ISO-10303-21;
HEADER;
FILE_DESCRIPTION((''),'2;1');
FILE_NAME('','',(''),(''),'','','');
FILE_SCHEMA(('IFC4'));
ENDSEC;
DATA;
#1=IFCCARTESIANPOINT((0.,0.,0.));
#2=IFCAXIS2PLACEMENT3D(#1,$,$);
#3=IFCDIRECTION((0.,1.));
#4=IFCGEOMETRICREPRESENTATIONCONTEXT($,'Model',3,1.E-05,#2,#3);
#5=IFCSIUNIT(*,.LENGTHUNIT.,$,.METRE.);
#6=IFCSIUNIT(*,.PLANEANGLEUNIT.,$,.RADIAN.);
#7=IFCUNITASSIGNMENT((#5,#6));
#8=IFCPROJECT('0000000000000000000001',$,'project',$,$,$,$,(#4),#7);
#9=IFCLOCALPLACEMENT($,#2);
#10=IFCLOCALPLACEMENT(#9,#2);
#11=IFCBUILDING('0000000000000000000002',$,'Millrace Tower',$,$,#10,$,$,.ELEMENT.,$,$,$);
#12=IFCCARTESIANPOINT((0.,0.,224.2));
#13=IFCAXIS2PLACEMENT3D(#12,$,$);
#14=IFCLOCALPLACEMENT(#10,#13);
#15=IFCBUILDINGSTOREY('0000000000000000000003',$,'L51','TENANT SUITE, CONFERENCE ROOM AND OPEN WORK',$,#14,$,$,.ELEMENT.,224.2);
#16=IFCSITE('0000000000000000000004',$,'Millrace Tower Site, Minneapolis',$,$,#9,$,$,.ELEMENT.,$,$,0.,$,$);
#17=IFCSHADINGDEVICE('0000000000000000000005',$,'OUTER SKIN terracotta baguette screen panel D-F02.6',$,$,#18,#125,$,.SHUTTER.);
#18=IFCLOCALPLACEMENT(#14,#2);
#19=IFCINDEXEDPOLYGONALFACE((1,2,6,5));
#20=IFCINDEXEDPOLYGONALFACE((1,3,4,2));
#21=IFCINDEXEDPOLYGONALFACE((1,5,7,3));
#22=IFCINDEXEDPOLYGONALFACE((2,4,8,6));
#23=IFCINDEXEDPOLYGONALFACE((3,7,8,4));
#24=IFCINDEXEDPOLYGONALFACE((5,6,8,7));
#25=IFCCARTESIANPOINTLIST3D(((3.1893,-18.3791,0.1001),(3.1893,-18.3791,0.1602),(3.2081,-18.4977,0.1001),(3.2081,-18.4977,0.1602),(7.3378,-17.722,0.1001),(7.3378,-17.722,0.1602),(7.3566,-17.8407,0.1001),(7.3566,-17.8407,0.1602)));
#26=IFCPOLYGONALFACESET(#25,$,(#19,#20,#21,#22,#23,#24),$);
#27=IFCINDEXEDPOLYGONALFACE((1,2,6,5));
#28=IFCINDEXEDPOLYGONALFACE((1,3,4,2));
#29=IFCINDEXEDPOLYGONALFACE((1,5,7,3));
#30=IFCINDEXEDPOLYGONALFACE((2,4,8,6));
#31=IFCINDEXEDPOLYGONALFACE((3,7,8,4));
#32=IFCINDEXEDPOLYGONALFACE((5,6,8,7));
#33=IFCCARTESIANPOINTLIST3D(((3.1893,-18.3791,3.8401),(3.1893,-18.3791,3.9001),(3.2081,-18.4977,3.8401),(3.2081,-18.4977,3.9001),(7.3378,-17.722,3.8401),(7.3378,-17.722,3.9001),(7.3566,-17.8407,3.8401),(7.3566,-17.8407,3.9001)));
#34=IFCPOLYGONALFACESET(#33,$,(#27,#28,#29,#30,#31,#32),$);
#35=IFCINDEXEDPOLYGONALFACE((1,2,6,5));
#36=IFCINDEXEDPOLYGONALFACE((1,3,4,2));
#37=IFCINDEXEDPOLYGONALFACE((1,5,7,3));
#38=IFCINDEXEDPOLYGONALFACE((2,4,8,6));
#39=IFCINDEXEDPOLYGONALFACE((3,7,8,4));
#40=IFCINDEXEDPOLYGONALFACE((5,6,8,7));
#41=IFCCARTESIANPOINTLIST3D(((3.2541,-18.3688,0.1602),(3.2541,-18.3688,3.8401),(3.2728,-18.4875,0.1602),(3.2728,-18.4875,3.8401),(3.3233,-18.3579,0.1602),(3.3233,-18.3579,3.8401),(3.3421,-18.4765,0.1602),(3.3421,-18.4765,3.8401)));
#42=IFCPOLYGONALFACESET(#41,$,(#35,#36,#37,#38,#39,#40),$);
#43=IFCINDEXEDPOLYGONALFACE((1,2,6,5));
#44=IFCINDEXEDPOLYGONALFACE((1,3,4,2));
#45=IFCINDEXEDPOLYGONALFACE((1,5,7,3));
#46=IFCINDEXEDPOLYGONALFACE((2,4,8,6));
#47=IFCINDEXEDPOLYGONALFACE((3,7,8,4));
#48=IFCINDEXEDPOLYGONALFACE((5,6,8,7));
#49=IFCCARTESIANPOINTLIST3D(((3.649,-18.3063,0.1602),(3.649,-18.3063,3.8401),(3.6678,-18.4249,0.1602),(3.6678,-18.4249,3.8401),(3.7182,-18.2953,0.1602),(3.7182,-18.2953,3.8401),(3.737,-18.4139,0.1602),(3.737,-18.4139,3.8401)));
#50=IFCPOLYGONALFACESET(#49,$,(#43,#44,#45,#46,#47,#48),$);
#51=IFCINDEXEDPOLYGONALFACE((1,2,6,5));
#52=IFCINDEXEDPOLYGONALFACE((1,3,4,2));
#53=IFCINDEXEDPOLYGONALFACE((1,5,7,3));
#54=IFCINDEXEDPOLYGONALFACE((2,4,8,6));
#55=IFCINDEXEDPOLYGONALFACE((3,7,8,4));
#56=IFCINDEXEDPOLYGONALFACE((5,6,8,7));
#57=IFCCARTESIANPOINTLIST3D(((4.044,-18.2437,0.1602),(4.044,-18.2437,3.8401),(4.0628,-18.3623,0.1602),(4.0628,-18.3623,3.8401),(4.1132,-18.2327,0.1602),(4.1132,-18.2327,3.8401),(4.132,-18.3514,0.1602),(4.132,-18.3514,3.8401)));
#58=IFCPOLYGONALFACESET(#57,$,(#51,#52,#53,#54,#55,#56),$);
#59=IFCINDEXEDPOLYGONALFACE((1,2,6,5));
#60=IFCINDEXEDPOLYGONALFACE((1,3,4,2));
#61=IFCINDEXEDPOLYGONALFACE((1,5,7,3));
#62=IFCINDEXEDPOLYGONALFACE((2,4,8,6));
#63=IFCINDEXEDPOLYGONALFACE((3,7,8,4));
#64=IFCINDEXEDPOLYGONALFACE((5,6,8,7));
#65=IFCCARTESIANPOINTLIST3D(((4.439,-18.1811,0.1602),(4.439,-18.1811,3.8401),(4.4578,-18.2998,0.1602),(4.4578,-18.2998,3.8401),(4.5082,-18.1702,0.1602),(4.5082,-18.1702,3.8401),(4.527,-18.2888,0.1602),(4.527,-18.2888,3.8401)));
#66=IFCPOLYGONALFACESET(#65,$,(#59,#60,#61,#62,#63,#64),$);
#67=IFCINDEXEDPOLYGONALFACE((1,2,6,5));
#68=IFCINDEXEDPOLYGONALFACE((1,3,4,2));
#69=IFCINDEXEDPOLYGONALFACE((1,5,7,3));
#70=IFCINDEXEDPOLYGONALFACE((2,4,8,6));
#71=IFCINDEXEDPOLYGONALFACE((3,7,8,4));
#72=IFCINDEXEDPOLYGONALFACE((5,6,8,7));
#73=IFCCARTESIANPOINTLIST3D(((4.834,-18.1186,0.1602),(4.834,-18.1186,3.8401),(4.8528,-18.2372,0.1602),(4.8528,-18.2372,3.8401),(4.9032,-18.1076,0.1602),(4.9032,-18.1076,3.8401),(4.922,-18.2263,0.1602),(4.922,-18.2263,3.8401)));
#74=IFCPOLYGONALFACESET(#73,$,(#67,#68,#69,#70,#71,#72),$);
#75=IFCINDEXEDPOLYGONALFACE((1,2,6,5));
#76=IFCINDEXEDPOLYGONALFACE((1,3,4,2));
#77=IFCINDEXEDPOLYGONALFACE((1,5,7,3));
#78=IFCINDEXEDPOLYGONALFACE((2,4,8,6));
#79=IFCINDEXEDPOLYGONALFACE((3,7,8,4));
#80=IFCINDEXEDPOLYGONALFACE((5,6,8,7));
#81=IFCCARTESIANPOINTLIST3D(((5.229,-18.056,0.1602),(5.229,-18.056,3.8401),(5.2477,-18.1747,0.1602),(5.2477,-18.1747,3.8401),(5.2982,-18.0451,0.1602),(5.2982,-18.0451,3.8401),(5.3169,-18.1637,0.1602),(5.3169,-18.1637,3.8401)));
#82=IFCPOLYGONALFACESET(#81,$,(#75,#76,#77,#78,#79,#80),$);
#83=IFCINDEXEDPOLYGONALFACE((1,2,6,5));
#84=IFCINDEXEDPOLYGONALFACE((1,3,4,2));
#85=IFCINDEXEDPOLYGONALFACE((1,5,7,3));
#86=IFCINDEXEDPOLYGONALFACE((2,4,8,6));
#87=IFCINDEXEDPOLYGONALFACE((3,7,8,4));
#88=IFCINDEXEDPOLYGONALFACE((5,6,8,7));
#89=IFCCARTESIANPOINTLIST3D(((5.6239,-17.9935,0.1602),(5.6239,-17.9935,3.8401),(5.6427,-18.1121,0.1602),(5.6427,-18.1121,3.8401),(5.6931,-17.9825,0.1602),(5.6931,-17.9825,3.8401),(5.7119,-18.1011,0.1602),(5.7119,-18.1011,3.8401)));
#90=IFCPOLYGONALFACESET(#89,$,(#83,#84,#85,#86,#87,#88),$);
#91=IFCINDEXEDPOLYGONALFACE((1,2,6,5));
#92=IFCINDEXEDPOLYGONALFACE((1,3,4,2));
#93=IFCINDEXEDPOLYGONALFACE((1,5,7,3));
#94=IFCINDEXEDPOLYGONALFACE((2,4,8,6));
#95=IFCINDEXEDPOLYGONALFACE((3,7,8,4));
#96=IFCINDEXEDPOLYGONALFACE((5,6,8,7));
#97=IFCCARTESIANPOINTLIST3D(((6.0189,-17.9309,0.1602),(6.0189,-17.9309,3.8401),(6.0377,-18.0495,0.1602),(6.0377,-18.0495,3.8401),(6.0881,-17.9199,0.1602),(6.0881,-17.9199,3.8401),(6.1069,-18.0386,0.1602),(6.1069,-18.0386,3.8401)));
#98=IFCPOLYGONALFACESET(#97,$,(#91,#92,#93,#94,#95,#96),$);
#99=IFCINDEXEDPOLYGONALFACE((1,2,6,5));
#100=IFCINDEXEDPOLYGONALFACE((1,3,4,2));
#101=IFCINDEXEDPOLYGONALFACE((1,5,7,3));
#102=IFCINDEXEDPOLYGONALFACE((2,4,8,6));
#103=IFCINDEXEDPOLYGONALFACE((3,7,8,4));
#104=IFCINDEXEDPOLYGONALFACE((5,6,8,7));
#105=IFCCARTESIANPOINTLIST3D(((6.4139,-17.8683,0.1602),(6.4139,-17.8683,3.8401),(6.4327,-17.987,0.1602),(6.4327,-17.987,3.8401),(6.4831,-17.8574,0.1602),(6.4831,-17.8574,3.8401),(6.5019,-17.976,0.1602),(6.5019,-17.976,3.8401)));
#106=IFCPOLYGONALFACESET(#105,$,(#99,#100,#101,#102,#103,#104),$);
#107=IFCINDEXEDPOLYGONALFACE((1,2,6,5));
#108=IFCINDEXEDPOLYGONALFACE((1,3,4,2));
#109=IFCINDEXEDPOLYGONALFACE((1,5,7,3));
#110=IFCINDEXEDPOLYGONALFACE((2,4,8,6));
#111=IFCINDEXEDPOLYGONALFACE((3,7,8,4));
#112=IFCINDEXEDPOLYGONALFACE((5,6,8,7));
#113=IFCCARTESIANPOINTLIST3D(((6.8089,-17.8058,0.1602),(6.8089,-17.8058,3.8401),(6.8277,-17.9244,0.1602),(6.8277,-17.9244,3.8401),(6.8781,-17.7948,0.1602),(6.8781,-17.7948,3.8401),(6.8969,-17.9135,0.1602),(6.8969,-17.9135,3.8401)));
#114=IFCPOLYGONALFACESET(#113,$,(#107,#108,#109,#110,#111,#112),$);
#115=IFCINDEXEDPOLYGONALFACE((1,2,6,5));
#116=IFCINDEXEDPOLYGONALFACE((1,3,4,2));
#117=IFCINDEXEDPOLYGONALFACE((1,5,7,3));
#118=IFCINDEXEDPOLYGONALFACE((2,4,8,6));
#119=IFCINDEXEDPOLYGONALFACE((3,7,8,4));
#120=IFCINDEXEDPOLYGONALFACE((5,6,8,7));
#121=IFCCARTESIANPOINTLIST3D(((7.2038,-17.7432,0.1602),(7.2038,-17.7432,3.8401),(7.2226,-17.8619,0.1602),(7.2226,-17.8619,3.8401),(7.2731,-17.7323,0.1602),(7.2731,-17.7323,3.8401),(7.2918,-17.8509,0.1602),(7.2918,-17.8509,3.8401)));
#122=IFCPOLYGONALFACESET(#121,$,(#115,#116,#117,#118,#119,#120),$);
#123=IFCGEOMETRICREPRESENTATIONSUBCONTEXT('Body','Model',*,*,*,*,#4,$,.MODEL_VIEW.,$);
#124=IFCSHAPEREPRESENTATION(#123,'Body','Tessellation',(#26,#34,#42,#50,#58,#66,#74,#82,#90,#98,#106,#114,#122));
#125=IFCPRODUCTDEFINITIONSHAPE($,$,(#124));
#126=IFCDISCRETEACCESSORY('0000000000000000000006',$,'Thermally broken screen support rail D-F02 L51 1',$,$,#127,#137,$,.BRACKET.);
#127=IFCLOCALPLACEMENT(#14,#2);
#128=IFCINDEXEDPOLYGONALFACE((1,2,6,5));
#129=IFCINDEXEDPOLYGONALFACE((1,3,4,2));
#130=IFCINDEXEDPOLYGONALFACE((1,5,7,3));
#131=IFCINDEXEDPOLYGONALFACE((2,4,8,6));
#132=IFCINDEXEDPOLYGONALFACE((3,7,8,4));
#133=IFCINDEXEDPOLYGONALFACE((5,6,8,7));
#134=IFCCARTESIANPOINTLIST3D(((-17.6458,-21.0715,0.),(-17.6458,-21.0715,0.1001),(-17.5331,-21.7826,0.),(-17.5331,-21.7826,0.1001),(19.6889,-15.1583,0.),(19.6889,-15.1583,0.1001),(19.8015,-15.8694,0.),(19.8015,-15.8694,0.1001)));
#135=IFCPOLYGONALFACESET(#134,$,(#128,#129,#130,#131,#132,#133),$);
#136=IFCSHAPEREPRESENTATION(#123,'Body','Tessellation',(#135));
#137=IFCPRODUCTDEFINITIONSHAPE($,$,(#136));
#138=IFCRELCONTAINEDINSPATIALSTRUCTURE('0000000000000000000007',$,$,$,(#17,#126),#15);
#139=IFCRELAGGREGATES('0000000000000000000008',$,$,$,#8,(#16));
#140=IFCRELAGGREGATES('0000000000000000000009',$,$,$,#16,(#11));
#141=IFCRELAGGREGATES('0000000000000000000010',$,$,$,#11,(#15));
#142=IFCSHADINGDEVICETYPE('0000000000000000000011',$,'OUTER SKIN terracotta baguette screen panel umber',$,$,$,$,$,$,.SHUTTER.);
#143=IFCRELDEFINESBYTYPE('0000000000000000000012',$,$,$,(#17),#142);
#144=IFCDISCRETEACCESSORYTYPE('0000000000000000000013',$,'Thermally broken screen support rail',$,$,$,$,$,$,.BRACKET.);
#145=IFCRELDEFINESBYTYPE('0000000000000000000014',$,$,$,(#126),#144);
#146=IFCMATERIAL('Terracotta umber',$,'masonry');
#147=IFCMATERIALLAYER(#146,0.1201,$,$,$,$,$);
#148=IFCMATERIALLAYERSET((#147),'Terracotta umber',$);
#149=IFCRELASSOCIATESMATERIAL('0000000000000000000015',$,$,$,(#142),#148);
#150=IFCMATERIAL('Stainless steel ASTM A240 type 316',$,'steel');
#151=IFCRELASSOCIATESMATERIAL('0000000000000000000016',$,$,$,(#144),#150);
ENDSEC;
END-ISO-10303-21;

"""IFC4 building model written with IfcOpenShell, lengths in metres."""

from ifc_helpers import new_model, entity, si_unit, direction, frame, frame_2d, origin, origin_2d, place, context, subcontext, project, spatial, rectangle, extrude, source, transform, mapped, material, layer, layer_set, type_object, element, save


model = new_model("IFC4")

# Units and contexts
model_context = context("Model", 3, precision=1e-05, world=origin(), true_north=direction((0.0, 1.0)))
body_context = subcontext(model_context, "Body", "Model", "MODEL_VIEW")
ifc_project = project(units=[si_unit("LENGTHUNIT", "METRE"), si_unit("PLANEANGLEUNIT", "RADIAN")], contexts=[model_context])

# Site, building, storey
site_placement = place(None, origin())
site = spatial("IfcSite", under=ifc_project, at=site_placement, Name="Millrace Tower Site, Minneapolis", CompositionType="ELEMENT", RefElevation=0.0)
building_placement = place(site_placement, origin())
building = spatial("IfcBuilding", under=site, at=building_placement, Name="Millrace Tower", CompositionType="ELEMENT")
storey_placement = place(building_placement, frame((0.0, 0.0, 224.2)))
storey = spatial("IfcBuildingStorey", under=building, at=storey_placement, Name="L51", Description="TENANT SUITE, CONFERENCE ROOM AND OPEN WORK", CompositionType="ELEMENT", Elevation=224.2)

# Shading device
ifc_material_1 = material(Name="Terracotta umber", Category="masonry")
ifc_layer_1 = layer(ifc_material_1, 0.1201)
ifc_layer_set_1 = layer_set([ifc_layer_1], Name="Terracotta umber")
shading_device_type = type_object("IfcShadingDeviceType", Name="OUTER SKIN terracotta baguette screen panel umber", PredefinedType="SHUTTER", material=ifc_layer_set_1)
cartesian_point = entity("IfcCartesianPoint", [-2.1001, 0.0601])
shared_polyline = entity("IfcPolyline", [cartesian_point, entity("IfcCartesianPoint", [2.1001, 0.0601]), entity("IfcCartesianPoint", [2.1001, -0.0601]), entity("IfcCartesianPoint", [-2.1001, -0.0601]), cartesian_point])
shared_shape = source(origin(), body_context, "Body", "SweptSolid", [
    entity("IfcExtrudedAreaSolid", entity("IfcArbitraryClosedProfileDef", "AREA", None, shared_polyline), entity("IfcAxis2Placement3D", entity("IfcCartesianPoint", [0.0, 0.0, 0.0])), entity("IfcDirection", [0.0, 0.0, 1.0]), 0.0601),
    entity("IfcExtrudedAreaSolid", entity("IfcArbitraryClosedProfileDef", "AREA", None, shared_polyline), entity("IfcAxis2Placement3D", entity("IfcCartesianPoint", [0.0, 0.0, 3.74])), entity("IfcDirection", [0.0, 0.0, 1.0]), 0.0601),
    extrude(rectangle(XDim=0.0701, YDim=0.1201, at=frame_2d((-1.9995, 0.0))), frame((0.0, 0.0, 0.0601)), (0.0, 0.0, 1.0), 3.6799),
    extrude(rectangle(XDim=0.0701, YDim=0.1201, at=frame_2d((-1.5996, 0.0))), frame((0.0, 0.0, 0.0601)), (0.0, 0.0, 1.0), 3.6799),
    extrude(rectangle(XDim=0.0701, YDim=0.1201, at=frame_2d((-1.1997, 0.0))), frame((0.0, 0.0, 0.0601)), (0.0, 0.0, 1.0), 3.6799),
    extrude(rectangle(XDim=0.0701, YDim=0.1201, at=frame_2d((-0.7998, 0.0))), frame((0.0, 0.0, 0.0601)), (0.0, 0.0, 1.0), 3.6799),
    extrude(rectangle(XDim=0.0701, YDim=0.1201, at=frame_2d((-0.3999, 0.0))), frame((0.0, 0.0, 0.0601)), (0.0, 0.0, 1.0), 3.6799),
    extrude(rectangle(XDim=0.0701, YDim=0.1201, at=origin_2d()), frame((0.0, 0.0, 0.0601)), (0.0, 0.0, 1.0), 3.6799),
    extrude(rectangle(XDim=0.0701, YDim=0.1201, at=frame_2d((0.3999, 0.0))), frame((0.0, 0.0, 0.0601)), (0.0, 0.0, 1.0), 3.6799),
    extrude(rectangle(XDim=0.0701, YDim=0.1201, at=frame_2d((0.7998, 0.0))), frame((0.0, 0.0, 0.0601)), (0.0, 0.0, 1.0), 3.6799),
    extrude(rectangle(XDim=0.0701, YDim=0.1201, at=frame_2d((1.1997, 0.0))), frame((0.0, 0.0, 0.0601)), (0.0, 0.0, 1.0), 3.6799),
    extrude(rectangle(XDim=0.0701, YDim=0.1201, at=frame_2d((1.5996, 0.0))), frame((0.0, 0.0, 0.0601)), (0.0, 0.0, 1.0), 3.6799),
    extrude(rectangle(XDim=0.0701, YDim=0.1201, at=frame_2d((1.9995, 0.0))), frame((0.0, 0.0, 0.0601)), (0.0, 0.0, 1.0), 3.6799),
])
for number, where, z_axis, x_axis, name in (
    (1, (5.2729, -18.1099, 0.1001), (0.0, 0.0, 1.0), (0.987688, 0.156434, 0.0), "OUTER SKIN terracotta baguette screen panel D-F02.6"),
):
    element("IfcShadingDevice", number, at=place(storey_placement, frame(where, z_axis=z_axis, x_axis=x_axis)), inside=storey, type_object=shading_device_type, Name=name, PredefinedType="SHUTTER", context=body_context, shape_type="MappedRepresentation", body=[
        mapped(shared_shape, transform((0.0, 0.0, 0.0), scale=1.0)),
    ])

# Discrete accessory
ifc_material_2 = material(Name="Stainless steel ASTM A240 type 316", Category="steel")
discrete_accessory_type = type_object("IfcDiscreteAccessoryType", Name="Thermally broken screen support rail", PredefinedType="BRACKET", material=ifc_material_2)
discrete_accessory_placement = place(storey_placement, frame((1.0779, -18.4705, 0.0), z_axis=(0.0, 0.0, 1.0), x_axis=(0.987688, 0.156434, 0.0)))
element("IfcDiscreteAccessory", 2, at=discrete_accessory_placement, inside=storey, type_object=discrete_accessory_type, Name="Thermally broken screen support rail D-F02 L51 1", PredefinedType="BRACKET", context=body_context, shape_type="SweptSolid", body=[
    extrude(rectangle(XDim=37.8, YDim=0.72, at=origin_2d()), origin(), (0.0, 0.0, 1.0), 0.1001),
])

save(model, "model.ifc")
